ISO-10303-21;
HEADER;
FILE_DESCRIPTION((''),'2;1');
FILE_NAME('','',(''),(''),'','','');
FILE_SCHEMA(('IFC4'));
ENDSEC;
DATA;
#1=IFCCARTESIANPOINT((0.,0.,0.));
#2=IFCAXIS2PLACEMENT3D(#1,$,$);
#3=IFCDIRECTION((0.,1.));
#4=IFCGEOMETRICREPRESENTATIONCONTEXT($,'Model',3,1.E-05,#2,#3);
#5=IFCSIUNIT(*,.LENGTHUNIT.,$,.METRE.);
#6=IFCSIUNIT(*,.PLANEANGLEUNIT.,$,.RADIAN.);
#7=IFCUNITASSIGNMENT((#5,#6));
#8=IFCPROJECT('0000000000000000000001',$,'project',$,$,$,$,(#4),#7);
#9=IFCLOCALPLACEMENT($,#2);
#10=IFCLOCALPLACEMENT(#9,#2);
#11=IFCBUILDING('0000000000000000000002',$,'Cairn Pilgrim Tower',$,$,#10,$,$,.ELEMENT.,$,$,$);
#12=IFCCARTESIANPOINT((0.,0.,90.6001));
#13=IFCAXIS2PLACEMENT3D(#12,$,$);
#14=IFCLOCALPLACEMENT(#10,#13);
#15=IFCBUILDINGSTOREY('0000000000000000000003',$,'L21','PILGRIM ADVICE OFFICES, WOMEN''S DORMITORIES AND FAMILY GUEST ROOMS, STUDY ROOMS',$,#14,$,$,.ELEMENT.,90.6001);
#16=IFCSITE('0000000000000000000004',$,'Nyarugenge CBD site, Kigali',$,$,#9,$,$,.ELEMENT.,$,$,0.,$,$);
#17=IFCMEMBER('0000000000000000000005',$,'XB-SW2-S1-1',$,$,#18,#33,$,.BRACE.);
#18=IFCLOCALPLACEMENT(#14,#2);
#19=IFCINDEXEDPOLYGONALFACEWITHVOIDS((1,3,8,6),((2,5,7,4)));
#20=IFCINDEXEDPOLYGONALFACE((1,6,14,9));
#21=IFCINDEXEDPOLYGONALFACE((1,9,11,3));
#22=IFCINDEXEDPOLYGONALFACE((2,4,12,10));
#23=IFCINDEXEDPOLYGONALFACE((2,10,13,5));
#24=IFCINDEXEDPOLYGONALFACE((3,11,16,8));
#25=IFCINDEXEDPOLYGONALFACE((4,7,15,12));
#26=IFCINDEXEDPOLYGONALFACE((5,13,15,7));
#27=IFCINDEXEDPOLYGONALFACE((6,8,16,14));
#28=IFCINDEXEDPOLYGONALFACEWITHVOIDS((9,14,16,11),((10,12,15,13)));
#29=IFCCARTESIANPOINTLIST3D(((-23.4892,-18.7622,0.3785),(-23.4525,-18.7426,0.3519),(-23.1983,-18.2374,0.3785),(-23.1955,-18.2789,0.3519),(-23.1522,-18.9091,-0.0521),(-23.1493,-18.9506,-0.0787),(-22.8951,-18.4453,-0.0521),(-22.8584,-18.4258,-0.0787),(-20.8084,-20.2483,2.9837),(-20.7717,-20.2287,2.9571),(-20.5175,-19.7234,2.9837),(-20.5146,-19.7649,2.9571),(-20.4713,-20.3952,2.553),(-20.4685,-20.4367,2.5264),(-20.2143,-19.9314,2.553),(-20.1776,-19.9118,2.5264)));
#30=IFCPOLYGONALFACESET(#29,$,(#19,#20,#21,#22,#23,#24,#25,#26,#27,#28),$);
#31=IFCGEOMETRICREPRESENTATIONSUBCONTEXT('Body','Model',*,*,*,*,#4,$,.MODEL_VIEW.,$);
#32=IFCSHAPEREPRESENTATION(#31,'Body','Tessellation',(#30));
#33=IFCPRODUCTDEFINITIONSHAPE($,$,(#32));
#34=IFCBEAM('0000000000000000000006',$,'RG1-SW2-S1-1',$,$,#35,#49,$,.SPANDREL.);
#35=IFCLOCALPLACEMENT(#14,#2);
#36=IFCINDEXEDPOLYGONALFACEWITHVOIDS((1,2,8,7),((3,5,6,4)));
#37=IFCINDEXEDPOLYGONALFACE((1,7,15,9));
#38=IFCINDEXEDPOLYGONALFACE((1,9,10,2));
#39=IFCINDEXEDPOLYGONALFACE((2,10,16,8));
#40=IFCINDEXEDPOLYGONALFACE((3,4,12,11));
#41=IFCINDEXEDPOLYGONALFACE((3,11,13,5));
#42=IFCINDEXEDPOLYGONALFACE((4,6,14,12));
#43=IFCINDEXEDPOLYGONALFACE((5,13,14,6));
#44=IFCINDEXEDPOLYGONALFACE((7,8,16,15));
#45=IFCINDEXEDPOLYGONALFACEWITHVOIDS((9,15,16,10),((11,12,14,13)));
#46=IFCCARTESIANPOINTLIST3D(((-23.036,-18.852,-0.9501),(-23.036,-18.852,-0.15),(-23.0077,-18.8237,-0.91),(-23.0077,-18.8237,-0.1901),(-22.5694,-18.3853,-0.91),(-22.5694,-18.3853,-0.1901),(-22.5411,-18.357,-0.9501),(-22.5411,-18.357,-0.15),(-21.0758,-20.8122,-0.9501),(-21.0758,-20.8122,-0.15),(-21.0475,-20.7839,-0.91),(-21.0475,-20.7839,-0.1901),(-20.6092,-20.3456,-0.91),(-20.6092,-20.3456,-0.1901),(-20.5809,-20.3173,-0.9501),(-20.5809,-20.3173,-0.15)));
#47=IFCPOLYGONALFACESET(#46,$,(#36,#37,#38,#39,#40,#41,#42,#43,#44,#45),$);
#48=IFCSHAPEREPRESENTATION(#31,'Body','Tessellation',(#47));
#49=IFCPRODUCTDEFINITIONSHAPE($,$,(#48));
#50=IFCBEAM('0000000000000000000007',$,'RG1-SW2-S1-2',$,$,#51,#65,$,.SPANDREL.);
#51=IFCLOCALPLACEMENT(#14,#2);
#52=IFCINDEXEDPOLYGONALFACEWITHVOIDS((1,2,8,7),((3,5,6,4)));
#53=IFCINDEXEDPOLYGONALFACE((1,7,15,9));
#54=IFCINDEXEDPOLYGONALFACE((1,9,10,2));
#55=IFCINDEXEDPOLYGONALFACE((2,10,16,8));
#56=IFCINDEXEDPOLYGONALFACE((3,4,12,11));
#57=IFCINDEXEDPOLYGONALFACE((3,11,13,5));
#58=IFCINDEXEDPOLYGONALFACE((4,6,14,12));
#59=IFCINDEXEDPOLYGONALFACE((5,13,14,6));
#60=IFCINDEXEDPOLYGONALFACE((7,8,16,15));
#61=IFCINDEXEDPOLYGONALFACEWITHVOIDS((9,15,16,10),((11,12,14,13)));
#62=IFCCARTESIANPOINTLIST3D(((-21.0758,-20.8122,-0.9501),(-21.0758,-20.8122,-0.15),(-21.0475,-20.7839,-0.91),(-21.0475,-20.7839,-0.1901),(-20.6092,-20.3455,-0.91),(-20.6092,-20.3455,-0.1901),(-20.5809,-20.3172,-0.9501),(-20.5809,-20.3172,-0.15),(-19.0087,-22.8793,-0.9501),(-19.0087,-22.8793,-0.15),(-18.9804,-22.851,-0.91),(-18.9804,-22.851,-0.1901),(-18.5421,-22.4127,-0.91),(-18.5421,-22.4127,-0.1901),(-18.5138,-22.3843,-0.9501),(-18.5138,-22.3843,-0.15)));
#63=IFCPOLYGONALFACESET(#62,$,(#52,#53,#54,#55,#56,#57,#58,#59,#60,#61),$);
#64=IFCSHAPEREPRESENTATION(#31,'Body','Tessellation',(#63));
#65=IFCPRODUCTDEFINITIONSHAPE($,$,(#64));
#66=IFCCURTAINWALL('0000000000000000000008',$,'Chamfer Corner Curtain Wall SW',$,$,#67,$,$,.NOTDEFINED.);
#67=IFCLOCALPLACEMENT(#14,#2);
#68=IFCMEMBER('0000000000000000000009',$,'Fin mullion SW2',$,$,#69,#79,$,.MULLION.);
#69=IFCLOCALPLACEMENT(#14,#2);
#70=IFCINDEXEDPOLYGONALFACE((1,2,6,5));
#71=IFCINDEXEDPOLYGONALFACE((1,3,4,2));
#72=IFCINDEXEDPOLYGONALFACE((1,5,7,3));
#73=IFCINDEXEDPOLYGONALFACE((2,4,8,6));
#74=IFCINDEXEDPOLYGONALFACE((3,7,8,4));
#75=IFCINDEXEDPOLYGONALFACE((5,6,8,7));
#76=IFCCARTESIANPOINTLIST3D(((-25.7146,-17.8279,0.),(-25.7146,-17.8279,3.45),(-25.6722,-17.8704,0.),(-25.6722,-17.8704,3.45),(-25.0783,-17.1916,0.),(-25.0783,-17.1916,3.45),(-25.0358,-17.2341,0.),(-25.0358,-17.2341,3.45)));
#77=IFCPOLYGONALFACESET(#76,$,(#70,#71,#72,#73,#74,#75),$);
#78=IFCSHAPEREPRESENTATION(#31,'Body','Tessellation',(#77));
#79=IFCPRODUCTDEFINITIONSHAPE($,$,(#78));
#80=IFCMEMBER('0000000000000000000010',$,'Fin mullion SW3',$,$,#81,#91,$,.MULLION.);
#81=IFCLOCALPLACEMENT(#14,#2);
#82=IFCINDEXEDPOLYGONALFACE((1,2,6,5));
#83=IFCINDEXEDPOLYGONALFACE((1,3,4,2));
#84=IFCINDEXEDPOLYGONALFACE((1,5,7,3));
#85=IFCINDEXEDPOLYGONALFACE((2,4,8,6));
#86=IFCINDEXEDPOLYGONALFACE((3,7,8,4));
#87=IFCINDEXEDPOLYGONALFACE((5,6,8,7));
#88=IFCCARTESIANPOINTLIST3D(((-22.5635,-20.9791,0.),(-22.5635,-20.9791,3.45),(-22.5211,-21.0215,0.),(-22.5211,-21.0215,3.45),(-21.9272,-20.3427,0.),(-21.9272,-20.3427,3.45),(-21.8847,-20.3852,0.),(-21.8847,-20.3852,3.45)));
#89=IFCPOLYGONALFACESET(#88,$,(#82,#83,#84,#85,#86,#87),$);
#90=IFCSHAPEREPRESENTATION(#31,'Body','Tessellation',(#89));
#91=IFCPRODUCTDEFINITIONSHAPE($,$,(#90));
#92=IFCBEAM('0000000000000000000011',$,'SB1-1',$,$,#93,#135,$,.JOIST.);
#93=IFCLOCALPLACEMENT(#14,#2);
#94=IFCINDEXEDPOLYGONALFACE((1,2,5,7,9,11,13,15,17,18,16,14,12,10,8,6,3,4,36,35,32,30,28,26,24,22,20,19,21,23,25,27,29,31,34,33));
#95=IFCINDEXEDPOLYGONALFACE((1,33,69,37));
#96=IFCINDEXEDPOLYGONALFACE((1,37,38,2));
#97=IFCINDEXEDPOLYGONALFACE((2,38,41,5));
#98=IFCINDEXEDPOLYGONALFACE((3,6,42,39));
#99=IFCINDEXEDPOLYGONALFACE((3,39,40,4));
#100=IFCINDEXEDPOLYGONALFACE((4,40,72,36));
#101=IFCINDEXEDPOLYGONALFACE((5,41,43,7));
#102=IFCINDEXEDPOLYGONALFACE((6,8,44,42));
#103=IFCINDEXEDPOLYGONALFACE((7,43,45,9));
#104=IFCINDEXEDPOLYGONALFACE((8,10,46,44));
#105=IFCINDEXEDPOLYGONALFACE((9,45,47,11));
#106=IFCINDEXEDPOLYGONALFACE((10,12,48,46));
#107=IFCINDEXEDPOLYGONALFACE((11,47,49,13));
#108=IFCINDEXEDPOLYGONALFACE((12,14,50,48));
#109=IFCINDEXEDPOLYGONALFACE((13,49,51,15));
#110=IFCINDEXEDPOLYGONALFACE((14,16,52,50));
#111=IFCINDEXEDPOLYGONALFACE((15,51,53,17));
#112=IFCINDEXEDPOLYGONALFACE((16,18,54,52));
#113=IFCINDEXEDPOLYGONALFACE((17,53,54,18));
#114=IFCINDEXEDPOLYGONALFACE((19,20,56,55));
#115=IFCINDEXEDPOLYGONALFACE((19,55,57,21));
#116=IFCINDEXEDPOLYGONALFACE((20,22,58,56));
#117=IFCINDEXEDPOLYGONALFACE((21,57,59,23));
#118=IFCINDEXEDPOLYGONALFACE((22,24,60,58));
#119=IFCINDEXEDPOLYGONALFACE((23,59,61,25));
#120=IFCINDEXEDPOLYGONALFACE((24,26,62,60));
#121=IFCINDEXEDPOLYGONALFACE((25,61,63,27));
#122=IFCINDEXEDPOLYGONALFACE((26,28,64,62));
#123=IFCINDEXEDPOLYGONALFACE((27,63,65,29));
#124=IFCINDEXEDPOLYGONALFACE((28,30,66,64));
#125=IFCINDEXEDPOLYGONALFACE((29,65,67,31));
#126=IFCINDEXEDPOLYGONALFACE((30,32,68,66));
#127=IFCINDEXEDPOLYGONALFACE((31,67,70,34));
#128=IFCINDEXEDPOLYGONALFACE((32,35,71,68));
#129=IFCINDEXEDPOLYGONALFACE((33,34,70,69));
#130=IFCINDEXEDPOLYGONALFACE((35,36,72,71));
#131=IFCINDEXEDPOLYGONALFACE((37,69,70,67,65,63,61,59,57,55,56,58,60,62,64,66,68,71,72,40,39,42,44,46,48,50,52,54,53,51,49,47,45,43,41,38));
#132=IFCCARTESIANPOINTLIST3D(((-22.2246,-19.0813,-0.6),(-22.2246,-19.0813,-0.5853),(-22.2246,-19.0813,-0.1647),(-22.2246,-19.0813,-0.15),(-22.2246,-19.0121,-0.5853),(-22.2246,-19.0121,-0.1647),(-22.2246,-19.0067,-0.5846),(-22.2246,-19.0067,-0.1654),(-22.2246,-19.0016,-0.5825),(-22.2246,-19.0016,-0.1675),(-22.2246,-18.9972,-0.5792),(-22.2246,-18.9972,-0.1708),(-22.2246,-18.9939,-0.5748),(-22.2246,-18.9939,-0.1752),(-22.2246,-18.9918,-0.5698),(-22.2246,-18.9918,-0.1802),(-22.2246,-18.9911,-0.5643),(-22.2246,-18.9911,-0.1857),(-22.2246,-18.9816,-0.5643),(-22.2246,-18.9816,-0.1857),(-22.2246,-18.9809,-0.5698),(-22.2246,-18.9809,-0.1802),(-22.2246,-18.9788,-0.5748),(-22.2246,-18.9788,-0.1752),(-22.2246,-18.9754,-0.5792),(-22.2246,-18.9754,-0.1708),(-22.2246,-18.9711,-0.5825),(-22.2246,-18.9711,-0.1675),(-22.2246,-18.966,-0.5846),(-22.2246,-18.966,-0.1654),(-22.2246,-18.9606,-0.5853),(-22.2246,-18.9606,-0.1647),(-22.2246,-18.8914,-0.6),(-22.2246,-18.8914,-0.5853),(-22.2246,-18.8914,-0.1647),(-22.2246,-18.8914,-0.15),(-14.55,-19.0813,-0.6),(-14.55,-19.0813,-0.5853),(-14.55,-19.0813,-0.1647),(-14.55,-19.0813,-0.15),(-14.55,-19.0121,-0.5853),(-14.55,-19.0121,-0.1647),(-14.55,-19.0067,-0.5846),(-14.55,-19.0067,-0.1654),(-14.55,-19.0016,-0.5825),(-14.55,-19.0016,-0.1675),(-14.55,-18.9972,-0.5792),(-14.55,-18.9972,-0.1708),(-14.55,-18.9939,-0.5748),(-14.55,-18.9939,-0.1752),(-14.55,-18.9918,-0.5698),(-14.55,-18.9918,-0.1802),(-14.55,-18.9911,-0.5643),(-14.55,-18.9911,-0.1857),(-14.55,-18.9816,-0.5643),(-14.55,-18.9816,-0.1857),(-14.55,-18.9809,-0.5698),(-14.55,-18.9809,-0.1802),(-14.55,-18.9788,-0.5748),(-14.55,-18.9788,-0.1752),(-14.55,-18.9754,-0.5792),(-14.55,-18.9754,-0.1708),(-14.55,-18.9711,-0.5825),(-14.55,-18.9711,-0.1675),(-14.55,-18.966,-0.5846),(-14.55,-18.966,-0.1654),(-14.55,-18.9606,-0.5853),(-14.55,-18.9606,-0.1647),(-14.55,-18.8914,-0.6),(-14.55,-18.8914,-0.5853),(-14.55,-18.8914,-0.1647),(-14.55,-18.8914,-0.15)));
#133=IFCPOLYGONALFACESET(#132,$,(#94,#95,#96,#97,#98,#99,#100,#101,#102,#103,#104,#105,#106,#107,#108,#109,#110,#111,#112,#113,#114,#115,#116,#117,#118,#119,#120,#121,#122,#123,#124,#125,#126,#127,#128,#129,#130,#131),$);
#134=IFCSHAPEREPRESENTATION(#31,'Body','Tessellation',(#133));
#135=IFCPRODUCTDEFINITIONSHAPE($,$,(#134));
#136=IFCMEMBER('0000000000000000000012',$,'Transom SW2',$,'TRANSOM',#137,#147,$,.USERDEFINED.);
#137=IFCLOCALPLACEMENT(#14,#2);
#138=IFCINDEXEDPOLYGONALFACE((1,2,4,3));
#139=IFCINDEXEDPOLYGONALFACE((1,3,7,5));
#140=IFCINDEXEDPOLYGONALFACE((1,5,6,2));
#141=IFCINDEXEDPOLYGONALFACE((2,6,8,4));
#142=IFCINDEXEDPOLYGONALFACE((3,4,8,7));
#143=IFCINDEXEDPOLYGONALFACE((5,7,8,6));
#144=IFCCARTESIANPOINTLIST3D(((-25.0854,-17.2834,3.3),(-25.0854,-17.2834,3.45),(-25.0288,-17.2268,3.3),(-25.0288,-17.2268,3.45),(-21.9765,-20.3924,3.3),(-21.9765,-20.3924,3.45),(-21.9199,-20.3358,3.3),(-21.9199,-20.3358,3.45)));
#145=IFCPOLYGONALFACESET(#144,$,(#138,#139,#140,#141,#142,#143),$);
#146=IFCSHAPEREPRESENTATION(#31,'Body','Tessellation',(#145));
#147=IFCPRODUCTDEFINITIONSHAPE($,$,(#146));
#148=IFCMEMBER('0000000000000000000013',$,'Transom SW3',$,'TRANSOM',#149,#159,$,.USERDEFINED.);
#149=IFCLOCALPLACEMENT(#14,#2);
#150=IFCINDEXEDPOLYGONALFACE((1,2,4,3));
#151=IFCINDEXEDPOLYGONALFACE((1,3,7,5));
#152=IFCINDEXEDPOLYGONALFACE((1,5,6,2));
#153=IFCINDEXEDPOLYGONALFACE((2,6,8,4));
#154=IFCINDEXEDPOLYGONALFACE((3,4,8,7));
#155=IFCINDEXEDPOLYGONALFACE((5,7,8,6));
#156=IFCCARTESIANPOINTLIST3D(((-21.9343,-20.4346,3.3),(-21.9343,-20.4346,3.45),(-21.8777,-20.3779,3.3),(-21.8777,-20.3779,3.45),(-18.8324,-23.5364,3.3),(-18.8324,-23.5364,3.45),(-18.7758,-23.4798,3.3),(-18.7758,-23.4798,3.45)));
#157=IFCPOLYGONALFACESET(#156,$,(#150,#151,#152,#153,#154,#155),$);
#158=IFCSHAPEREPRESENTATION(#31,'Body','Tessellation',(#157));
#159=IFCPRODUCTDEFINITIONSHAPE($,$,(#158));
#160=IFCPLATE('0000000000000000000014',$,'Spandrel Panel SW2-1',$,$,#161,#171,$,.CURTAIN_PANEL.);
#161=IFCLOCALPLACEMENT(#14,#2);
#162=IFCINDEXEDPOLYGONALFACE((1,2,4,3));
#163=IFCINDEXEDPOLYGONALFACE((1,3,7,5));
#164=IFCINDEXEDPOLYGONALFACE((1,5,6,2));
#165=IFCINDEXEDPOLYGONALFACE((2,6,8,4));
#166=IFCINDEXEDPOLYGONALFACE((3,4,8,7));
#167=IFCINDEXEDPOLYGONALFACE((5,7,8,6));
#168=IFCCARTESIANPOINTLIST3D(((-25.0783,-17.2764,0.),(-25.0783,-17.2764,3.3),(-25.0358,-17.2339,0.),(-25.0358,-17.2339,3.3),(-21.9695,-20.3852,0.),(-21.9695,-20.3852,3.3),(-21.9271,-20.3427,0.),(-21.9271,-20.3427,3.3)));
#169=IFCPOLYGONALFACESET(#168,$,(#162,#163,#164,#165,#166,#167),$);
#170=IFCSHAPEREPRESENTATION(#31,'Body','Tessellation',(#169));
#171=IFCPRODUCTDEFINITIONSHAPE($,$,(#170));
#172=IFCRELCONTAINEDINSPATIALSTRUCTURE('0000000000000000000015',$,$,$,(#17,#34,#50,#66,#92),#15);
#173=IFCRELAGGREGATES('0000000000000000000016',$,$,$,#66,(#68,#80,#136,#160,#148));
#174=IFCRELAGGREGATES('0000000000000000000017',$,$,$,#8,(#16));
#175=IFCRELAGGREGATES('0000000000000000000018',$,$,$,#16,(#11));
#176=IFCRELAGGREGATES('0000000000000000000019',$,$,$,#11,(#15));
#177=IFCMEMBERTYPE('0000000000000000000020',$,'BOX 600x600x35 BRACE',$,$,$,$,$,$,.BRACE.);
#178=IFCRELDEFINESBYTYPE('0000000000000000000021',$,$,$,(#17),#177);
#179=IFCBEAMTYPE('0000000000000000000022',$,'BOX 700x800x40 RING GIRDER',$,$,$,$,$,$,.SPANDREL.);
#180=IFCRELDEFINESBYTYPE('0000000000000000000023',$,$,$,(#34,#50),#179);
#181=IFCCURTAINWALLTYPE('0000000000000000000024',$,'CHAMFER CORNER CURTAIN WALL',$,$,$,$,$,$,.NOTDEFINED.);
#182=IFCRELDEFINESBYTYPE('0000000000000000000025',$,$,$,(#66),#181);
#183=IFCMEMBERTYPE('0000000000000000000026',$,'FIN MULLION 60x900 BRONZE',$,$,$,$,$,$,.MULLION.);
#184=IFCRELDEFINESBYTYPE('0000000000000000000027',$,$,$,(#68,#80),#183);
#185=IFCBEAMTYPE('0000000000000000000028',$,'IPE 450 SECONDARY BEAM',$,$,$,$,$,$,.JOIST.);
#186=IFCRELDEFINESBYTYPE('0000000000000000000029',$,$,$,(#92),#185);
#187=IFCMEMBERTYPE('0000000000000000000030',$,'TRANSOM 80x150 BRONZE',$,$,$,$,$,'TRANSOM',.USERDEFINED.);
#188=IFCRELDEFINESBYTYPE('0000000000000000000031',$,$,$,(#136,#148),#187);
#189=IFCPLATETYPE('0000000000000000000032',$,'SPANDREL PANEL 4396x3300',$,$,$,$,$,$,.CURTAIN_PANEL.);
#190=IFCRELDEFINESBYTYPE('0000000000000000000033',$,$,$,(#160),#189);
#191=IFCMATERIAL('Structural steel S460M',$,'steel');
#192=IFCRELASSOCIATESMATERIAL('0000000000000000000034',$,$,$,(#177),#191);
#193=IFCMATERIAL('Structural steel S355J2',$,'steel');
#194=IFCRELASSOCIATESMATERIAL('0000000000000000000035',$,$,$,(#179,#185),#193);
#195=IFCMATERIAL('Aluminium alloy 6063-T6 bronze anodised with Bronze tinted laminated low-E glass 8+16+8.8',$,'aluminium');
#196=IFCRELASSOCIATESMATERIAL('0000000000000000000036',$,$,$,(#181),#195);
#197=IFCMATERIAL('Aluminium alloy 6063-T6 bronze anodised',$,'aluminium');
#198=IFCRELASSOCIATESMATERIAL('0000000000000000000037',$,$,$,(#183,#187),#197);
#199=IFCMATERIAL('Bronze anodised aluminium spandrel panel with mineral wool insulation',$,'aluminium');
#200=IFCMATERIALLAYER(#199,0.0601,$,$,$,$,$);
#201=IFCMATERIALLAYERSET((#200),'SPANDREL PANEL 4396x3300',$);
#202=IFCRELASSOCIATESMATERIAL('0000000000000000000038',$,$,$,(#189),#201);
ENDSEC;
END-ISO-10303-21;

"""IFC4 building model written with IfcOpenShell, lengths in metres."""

from ifc_helpers import new_model, si_unit, direction, frame, origin, origin_2d, place, context, subcontext, project, spatial, rectangle, hollow_rectangle, i_section, extrude, material, layer, layer_set, material_profile, profile_set, type_object, element, aggregate, save


model = new_model("IFC4")

# Units and contexts
model_context = context("Model", 3, precision=1e-05, world=origin(), true_north=direction((0.0, 1.0)))
body_context = subcontext(model_context, "Body", "Model", "MODEL_VIEW")
ifc_project = project(units=[si_unit("LENGTHUNIT", "METRE"), si_unit("PLANEANGLEUNIT", "RADIAN")], contexts=[model_context])

# Site, building, storey
site_placement = place(None, origin())
site = spatial("IfcSite", under=ifc_project, at=site_placement, Name="Nyarugenge CBD site, Kigali", CompositionType="ELEMENT", RefElevation=0.0)
building_placement = place(site_placement, origin())
building = spatial("IfcBuilding", under=site, at=building_placement, Name="Cairn Pilgrim Tower", CompositionType="ELEMENT")
storey_placement = place(building_placement, frame((0.0, 0.0, 90.6001)))
storey = spatial("IfcBuildingStorey", under=building, at=storey_placement, Name="L21", Description="PILGRIM ADVICE OFFICES, WOMEN'S DORMITORIES AND FAMILY GUEST ROOMS, STUDY ROOMS", CompositionType="ELEMENT", Elevation=90.6001)

# Shared definitions
ifc_material_1 = material(Name="Structural steel S460M", Category="steel")

# Member
ifc_material_profile_1 = material_profile(ifc_material_1, hollow_rectangle(XDim=0.6001, YDim=0.6001, WallThickness=0.0349, at=origin_2d()), Name="BOX 600x600x35")
ifc_profile_set_1 = profile_set([ifc_material_profile_1], Name="Structural steel S460M")
member_type_1 = type_object("IfcMemberType", Name="BOX 600x600x35 BRACE", PredefinedType="BRACE", material=ifc_profile_set_1)
member_1_placement = place(storey_placement, frame((-23.1738, -18.594, 0.1499), z_axis=(0.666429, -0.369415, 0.647615), x_axis=(0.484818, 0.874615, 0.0)))
element("IfcMember", 1, at=member_1_placement, inside=storey, type_object=member_type_1, Name="XB-SW2-S1-1", PredefinedType="BRACE", context=body_context, shape_type="SweptSolid", body=[
    extrude(hollow_rectangle(XDim=0.6001, YDim=0.6001, WallThickness=0.0349, at=origin_2d()), origin(), (0.0, 0.0, 1.0), 4.0227),
])

# Beams
ifc_material_2 = material(Name="Structural steel S355J2", Category="steel")
ifc_material_profile_2 = material_profile(ifc_material_2, hollow_rectangle(XDim=0.7, YDim=0.8, WallThickness=0.04, at=origin_2d()), Name="BOX 700x800x40")
ifc_profile_set_2 = profile_set([ifc_material_profile_2], Name="Structural steel S355J2")
beam_type_1 = type_object("IfcBeamType", Name="BOX 700x800x40 RING GIRDER", PredefinedType="SPANDREL", material=ifc_profile_set_2)
beam_1_placement = place(storey_placement, frame((-22.7886, -18.6045, -0.55), z_axis=(0.707107, -0.707107, 0.0), x_axis=(0.707107, 0.707107, 0.0)))
element("IfcBeam", 2, at=beam_1_placement, inside=storey, type_object=beam_type_1, Name="RG1-SW2-S1-1", PredefinedType="SPANDREL", context=body_context, shape_type="SweptSolid", body=[
    extrude(hollow_rectangle(XDim=0.7, YDim=0.8, WallThickness=0.04, at=origin_2d()), origin(), (0.0, 0.0, 1.0), 2.7722),
])
beam_2_placement = place(storey_placement, frame((-20.8284, -20.5647, -0.55), z_axis=(0.707107, -0.707107, 0.0), x_axis=(0.707107, 0.707107, 0.0)))
element("IfcBeam", 3, at=beam_2_placement, inside=storey, type_object=beam_type_1, Name="RG1-SW2-S1-2", PredefinedType="SPANDREL", context=body_context, shape_type="SweptSolid", body=[
    extrude(hollow_rectangle(XDim=0.7, YDim=0.8, WallThickness=0.04, at=origin_2d()), origin(), (0.0, 0.0, 1.0), 2.9233),
])

# Curtain wall, members
ifc_material_3 = material(Name="Aluminium alloy 6063-T6 bronze anodised with Bronze tinted laminated low-E glass 8+16+8.8", Category="aluminium")
curtain_wall_type = type_object("IfcCurtainWallType", Name="CHAMFER CORNER CURTAIN WALL", PredefinedType="NOTDEFINED", material=ifc_material_3)
curtain_wall_placement = place(storey_placement, origin())
curtain_wall = element("IfcCurtainWall", 4, at=curtain_wall_placement, inside=storey, type_object=curtain_wall_type, Name="Chamfer Corner Curtain Wall SW", PredefinedType="NOTDEFINED")
ifc_material_4 = material(Name="Aluminium alloy 6063-T6 bronze anodised", Category="aluminium")
ifc_material_profile_3 = material_profile(ifc_material_4, rectangle(XDim=0.8999, YDim=0.0601, at=origin_2d()), Name="FIN MULLION 60x900 BRONZE")
ifc_profile_set_3 = profile_set([ifc_material_profile_3], Name="Aluminium alloy 6063-T6 bronze anodised")
member_type_2 = type_object("IfcMemberType", Name="FIN MULLION 60x900 BRONZE", PredefinedType="MULLION", material=ifc_profile_set_3)
member_2_placement = place(storey_placement, frame((-25.3752, -17.531, 0.0), z_axis=(0.0, 0.0, 1.0), x_axis=(-0.707107, -0.707107, 0.0)))
member_2 = element("IfcMember", 5, at=member_2_placement, type_object=member_type_2, Name="Fin mullion SW2", PredefinedType="MULLION", context=body_context, shape_type="SweptSolid", body=[
    extrude(rectangle(XDim=0.8999, YDim=0.0601, at=origin_2d()), origin(), (0.0, 0.0, 1.0), 3.45),
])
member_3_placement = place(storey_placement, frame((-22.2241, -20.6821, 0.0), z_axis=(0.0, 0.0, 1.0), x_axis=(-0.707107, -0.707107, 0.0)))
member_3 = element("IfcMember", 6, at=member_3_placement, type_object=member_type_2, Name="Fin mullion SW3", PredefinedType="MULLION", context=body_context, shape_type="SweptSolid", body=[
    extrude(rectangle(XDim=0.8999, YDim=0.0601, at=origin_2d()), origin(), (0.0, 0.0, 1.0), 3.45),
])

# Beam
ifc_material_profile_4 = material_profile(ifc_material_2, i_section(OverallWidth=0.1899, OverallDepth=0.45, WebThickness=0.0095, FlangeThickness=0.0146, FilletRadius=0.021, at=origin_2d()), Name="IPE 450")
ifc_profile_set_4 = profile_set([ifc_material_profile_4], Name="Structural steel S355J2")
beam_type_2 = type_object("IfcBeamType", Name="IPE 450 SECONDARY BEAM", PredefinedType="JOIST", material=ifc_profile_set_4)
beam_3_placement = place(storey_placement, frame((-22.2246, -18.9863, -0.375), z_axis=(1.0, 0.0, 0.0), x_axis=(0.0, 1.0, 0.0)))
element("IfcBeam", 7, at=beam_3_placement, inside=storey, type_object=beam_type_2, Name="SB1-1", PredefinedType="JOIST", context=body_context, shape_type="SweptSolid", body=[
    extrude(i_section(OverallWidth=0.1899, OverallDepth=0.45, WebThickness=0.0095, FlangeThickness=0.0146, FilletRadius=0.021, at=origin_2d()), origin(), (0.0, 0.0, 1.0), 7.6746),
])

# Members
ifc_material_profile_5 = material_profile(ifc_material_4, rectangle(XDim=0.0801, YDim=0.1499, at=origin_2d()), Name="TRANSOM 80x150 BRONZE")
ifc_profile_set_5 = profile_set([ifc_material_profile_5], Name="Aluminium alloy 6063-T6 bronze anodised")
member_type_3 = type_object("IfcMemberType", Name="TRANSOM 80x150 BRONZE", ElementType="TRANSOM", PredefinedType="USERDEFINED", material=ifc_profile_set_5)
member_4_placement = place(storey_placement, frame((-25.0571, -17.2551, 3.375), z_axis=(0.707107, -0.707107, 0.0), x_axis=(0.707107, 0.707107, 0.0)))
member_4 = element("IfcMember", 8, at=member_4_placement, type_object=member_type_3, Name="Transom SW2", ObjectType="TRANSOM", PredefinedType="USERDEFINED", context=body_context, shape_type="SweptSolid", body=[
    extrude(rectangle(XDim=0.0801, YDim=0.1499, at=origin_2d()), origin(), (0.0, 0.0, 1.0), 4.3967),
])
member_5_placement = place(storey_placement, frame((-21.906, -20.4062, 3.375), z_axis=(0.707107, -0.707107, 0.0), x_axis=(0.707107, 0.707107, 0.0)))
member_5 = element("IfcMember", 9, at=member_5_placement, type_object=member_type_3, Name="Transom SW3", ObjectType="TRANSOM", PredefinedType="USERDEFINED", context=body_context, shape_type="SweptSolid", body=[
    extrude(rectangle(XDim=0.0801, YDim=0.1499, at=origin_2d()), origin(), (0.0, 0.0, 1.0), 4.3867),
])

# Plate
ifc_material_5 = material(Name="Bronze anodised aluminium spandrel panel with mineral wool insulation", Category="aluminium")
ifc_layer_1 = layer(ifc_material_5, 0.0601)
ifc_layer_set_1 = layer_set([ifc_layer_1], Name="SPANDREL PANEL 4396x3300")
plate_type = type_object("IfcPlateType", Name="SPANDREL PANEL 4396x3300", PredefinedType="CURTAIN_PANEL", material=ifc_layer_set_1)
plate_placement = place(storey_placement, frame((-23.5027, -18.8096, 0.0), z_axis=(0.0, 0.0, 1.0), x_axis=(0.707107, -0.707107, 0.0)))
plate = element("IfcPlate", 10, at=plate_placement, type_object=plate_type, Name="Spandrel Panel SW2-1", PredefinedType="CURTAIN_PANEL", context=body_context, shape_type="SweptSolid", body=[
    extrude(rectangle(XDim=4.3965, YDim=0.0601, at=origin_2d()), origin(), (0.0, 0.0, 1.0), 3.3),
])
aggregate(curtain_wall, [member_2, member_3, member_4, plate, member_5])

save(model, "model.ifc")
